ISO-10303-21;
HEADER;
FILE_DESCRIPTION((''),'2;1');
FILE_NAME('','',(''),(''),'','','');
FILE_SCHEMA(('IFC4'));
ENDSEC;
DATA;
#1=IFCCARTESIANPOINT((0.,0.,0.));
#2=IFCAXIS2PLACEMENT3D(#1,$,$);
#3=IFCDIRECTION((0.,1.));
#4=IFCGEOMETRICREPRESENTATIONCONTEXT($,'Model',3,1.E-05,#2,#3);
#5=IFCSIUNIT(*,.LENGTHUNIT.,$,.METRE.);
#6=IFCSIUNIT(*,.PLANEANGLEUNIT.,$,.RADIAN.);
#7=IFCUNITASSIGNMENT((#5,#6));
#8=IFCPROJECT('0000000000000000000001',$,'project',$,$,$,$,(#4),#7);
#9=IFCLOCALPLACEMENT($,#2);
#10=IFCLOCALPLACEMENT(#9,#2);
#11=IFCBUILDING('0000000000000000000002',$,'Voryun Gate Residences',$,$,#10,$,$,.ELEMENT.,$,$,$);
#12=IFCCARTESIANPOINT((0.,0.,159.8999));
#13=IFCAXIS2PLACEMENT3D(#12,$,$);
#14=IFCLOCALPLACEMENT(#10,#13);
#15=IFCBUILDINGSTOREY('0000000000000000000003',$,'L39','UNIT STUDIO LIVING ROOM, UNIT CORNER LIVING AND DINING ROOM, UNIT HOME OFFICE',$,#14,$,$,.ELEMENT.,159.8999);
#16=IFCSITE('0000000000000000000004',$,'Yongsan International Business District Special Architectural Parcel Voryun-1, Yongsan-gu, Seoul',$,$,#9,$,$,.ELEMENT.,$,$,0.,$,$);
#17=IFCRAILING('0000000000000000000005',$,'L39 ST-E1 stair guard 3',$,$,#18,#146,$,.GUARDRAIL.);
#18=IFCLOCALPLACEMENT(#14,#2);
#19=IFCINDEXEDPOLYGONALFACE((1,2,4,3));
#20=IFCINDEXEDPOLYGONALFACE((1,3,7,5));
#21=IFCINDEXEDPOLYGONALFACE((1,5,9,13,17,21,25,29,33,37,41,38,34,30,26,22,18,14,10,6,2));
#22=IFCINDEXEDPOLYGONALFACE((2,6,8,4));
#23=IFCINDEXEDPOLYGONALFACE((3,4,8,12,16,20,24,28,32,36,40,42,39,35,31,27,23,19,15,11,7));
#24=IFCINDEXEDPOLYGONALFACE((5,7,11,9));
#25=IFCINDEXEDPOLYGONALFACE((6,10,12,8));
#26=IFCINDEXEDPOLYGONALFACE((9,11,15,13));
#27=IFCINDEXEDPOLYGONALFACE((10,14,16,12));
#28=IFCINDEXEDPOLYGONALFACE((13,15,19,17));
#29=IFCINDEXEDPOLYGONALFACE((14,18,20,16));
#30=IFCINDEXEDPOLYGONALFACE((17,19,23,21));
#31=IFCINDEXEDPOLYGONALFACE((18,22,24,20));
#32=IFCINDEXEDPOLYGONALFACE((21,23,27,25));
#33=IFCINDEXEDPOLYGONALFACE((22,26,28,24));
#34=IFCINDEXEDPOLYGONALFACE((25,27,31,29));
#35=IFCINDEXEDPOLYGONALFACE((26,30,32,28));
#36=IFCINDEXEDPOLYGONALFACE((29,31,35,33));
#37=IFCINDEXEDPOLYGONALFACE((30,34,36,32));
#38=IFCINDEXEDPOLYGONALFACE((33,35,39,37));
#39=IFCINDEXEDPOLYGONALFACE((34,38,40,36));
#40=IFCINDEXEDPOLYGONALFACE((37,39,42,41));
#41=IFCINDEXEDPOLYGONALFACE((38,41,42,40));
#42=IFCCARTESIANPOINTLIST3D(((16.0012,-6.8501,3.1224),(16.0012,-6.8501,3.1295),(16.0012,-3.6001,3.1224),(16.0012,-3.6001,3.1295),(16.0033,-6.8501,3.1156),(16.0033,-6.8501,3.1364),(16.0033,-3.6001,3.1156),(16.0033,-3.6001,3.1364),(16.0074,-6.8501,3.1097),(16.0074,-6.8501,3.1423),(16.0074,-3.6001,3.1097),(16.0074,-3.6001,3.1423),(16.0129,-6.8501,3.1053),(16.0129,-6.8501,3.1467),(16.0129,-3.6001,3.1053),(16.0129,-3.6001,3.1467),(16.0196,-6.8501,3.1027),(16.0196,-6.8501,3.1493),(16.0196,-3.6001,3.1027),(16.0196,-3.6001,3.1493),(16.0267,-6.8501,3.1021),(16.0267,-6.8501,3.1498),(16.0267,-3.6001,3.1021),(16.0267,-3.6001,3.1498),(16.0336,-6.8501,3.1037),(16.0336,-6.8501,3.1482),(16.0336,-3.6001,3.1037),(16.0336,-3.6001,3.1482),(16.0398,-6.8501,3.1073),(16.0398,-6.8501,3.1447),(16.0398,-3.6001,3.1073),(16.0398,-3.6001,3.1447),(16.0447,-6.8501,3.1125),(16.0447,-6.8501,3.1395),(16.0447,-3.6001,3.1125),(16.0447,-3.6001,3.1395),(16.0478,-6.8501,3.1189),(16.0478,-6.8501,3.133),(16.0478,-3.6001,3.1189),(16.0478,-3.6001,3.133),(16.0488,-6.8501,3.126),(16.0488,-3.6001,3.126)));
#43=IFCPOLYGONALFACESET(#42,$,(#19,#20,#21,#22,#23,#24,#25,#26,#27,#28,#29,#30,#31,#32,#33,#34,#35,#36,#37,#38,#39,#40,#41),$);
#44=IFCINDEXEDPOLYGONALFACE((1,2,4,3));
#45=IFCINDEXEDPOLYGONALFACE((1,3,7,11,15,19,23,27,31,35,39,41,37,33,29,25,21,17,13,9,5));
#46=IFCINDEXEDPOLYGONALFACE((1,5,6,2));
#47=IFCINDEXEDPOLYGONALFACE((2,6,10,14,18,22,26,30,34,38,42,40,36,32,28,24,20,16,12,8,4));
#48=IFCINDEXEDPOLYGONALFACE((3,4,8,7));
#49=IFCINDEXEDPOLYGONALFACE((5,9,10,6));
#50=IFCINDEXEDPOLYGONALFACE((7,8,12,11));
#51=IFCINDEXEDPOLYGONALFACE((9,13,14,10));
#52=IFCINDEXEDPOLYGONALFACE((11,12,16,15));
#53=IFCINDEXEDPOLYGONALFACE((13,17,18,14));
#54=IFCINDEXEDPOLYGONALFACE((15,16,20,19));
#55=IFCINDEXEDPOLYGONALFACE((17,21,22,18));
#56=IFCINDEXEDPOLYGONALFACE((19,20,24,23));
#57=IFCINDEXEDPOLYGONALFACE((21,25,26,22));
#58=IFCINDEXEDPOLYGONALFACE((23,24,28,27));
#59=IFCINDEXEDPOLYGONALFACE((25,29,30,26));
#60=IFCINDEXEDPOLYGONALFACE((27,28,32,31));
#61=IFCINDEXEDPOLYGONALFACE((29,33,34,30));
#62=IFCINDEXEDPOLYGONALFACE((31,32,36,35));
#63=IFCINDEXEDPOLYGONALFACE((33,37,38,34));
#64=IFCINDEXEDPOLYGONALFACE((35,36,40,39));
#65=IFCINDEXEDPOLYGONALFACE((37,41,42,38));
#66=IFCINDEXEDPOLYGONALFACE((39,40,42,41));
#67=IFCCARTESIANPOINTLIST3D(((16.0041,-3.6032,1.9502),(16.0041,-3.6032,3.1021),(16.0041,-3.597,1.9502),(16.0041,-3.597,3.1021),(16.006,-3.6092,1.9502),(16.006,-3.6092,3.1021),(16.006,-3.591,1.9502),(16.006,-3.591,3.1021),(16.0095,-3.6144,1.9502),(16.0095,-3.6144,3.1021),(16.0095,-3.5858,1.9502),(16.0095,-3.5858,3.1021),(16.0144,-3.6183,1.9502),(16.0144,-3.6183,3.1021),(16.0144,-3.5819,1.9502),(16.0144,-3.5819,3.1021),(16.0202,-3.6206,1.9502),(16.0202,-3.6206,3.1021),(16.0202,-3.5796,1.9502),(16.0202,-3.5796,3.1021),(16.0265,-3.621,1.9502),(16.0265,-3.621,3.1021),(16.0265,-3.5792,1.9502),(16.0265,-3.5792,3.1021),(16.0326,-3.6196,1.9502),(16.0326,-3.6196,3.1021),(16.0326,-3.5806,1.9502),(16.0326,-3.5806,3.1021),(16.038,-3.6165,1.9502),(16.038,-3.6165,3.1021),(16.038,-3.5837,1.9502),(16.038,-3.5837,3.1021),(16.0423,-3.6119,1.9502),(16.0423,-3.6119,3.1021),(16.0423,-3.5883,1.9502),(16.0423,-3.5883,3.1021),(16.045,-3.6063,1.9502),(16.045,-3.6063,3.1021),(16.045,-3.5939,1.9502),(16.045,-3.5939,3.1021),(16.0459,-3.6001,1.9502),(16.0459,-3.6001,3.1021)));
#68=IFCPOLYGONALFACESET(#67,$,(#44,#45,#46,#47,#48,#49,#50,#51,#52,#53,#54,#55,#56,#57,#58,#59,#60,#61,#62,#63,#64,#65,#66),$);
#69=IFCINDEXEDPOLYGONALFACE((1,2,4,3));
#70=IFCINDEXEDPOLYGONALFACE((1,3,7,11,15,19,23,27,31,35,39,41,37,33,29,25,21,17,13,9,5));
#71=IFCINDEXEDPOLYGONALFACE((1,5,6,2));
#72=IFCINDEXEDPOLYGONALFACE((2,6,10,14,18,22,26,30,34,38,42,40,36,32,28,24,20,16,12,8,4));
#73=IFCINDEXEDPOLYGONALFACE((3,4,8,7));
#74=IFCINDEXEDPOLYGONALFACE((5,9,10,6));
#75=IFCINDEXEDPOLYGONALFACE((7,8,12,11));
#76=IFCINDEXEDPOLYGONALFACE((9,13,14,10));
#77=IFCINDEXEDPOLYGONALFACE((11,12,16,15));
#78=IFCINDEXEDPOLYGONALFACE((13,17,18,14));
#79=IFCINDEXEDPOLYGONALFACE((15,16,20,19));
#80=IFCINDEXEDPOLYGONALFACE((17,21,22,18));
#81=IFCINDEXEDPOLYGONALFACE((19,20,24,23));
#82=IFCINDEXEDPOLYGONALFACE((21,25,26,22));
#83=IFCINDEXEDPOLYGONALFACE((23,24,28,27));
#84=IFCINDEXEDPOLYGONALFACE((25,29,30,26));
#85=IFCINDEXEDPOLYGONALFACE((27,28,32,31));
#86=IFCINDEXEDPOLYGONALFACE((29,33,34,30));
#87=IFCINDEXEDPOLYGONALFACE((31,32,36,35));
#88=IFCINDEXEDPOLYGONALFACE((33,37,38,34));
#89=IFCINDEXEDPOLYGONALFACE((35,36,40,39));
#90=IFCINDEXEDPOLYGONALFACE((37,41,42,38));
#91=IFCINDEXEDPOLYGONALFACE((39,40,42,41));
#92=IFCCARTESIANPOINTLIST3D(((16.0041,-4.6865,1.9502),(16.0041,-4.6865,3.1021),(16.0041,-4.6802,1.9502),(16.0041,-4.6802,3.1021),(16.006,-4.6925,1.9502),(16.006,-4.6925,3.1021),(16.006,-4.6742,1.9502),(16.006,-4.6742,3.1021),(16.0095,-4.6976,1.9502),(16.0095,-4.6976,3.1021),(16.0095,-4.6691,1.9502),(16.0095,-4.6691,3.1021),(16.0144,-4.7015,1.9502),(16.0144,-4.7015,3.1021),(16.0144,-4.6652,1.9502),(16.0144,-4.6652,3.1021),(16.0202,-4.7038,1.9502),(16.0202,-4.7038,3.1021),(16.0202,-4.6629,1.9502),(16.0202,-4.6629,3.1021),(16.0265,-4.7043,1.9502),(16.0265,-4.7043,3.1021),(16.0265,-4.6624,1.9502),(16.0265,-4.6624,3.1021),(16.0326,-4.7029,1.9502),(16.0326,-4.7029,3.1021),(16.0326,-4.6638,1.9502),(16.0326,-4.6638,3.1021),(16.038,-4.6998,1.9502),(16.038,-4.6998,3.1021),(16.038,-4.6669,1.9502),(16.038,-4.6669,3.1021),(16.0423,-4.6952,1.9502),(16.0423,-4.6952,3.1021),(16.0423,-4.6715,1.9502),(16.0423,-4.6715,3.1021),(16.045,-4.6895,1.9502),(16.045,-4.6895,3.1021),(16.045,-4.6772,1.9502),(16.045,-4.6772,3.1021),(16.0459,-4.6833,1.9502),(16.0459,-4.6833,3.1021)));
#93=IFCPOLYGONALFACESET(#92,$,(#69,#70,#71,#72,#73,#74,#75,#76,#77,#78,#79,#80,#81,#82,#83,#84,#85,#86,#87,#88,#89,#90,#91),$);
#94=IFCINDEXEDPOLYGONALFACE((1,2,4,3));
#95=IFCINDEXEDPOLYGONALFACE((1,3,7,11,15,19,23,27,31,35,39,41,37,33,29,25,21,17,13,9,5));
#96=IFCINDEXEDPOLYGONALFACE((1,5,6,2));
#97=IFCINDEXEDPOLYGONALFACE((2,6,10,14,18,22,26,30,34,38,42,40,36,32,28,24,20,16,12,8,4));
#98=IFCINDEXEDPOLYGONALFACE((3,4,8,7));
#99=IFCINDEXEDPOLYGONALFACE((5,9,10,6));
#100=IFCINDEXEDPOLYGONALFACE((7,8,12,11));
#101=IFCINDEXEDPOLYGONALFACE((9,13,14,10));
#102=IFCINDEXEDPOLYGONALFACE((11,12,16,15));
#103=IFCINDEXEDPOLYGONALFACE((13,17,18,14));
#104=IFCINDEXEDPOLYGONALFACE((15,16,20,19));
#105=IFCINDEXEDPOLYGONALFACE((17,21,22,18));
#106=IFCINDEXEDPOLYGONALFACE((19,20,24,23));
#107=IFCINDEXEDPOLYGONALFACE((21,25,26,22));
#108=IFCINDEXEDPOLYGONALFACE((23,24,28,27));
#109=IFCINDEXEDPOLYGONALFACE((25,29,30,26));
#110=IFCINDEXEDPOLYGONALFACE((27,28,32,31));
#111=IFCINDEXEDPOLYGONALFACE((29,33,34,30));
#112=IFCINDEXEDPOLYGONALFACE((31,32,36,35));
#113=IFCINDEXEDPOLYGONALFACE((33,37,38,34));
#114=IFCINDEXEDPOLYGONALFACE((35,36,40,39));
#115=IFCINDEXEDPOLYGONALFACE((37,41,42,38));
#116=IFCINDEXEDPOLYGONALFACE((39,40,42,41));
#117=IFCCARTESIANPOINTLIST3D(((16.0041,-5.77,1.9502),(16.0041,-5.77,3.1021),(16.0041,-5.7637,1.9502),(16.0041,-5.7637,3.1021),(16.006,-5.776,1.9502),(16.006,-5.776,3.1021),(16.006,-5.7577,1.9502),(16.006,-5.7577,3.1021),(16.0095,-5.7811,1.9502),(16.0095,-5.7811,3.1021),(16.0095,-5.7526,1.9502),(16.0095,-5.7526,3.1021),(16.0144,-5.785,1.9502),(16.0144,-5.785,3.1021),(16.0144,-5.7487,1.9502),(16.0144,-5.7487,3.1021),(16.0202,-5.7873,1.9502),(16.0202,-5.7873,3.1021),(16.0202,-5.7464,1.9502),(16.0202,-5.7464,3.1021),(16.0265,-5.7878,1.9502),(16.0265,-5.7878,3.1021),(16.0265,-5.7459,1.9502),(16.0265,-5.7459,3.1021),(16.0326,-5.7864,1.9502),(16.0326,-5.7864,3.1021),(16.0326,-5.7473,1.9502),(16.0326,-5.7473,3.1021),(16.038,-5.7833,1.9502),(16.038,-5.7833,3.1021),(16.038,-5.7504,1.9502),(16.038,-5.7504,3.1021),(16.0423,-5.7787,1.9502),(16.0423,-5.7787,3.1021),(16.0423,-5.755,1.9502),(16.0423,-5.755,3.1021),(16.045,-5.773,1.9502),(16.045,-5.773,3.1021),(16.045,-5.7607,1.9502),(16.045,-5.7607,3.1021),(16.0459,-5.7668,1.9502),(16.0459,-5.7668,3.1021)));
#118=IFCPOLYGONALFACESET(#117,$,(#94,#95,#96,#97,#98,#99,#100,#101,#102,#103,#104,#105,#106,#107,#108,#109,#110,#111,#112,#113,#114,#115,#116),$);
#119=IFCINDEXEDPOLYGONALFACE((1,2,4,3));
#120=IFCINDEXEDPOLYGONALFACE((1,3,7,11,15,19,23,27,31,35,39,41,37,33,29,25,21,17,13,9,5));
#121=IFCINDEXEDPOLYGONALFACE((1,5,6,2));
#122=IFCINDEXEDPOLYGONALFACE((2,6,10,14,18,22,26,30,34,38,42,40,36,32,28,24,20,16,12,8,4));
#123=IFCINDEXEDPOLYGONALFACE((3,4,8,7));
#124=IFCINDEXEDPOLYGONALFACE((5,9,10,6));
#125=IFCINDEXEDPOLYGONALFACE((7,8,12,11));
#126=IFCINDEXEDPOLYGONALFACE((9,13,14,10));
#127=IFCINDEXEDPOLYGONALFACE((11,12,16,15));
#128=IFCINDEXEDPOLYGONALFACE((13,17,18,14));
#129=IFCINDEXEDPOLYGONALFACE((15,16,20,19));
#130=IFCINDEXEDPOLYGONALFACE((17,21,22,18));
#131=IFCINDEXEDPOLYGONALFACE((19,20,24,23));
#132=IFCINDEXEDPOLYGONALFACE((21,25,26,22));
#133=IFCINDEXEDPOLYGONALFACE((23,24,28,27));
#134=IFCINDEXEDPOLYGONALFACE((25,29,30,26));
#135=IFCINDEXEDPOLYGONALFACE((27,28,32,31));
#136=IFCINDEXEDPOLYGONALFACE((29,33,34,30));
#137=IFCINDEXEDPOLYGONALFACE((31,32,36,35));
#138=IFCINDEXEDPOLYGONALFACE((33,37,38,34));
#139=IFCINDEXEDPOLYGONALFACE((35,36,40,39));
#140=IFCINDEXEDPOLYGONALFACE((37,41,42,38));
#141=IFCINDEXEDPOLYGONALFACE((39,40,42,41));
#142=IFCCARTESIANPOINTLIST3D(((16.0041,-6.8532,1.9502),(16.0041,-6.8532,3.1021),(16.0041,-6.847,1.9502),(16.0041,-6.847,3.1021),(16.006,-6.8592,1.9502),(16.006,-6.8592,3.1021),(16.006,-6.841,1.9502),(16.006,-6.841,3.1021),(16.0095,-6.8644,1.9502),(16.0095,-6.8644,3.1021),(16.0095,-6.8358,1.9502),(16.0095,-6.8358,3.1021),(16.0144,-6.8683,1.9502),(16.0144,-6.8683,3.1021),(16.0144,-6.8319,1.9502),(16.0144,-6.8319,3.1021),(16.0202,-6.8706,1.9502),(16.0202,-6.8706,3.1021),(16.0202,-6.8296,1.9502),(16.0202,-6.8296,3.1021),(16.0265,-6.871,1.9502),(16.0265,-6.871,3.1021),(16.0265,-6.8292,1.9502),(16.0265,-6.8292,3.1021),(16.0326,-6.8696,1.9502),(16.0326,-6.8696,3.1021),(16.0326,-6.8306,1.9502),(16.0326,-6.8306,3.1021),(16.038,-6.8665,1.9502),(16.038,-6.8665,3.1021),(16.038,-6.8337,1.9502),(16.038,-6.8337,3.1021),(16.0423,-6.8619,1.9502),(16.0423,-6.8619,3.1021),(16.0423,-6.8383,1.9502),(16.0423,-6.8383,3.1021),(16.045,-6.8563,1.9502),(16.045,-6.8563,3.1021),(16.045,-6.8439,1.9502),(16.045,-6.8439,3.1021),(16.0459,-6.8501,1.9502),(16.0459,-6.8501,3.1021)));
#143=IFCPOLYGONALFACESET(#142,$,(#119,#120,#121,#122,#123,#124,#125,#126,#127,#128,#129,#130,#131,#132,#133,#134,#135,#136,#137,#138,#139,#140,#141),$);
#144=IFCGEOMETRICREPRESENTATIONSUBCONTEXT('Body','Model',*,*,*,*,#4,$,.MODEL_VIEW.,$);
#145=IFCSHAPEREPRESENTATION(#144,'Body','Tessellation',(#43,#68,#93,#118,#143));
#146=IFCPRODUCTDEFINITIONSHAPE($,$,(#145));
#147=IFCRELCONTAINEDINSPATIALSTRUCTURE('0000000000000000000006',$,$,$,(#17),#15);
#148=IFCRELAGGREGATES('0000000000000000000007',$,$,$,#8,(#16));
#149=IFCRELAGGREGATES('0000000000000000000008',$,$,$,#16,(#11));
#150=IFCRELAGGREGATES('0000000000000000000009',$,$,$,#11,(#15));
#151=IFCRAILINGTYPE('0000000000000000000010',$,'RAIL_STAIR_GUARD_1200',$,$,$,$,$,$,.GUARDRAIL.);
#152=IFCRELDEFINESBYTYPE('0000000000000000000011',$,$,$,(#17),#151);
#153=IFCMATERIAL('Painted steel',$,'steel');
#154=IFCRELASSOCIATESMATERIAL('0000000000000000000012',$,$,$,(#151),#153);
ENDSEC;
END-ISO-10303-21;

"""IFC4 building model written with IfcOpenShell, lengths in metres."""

from ifc_helpers import new_model, si_unit, direction, frame, origin, origin_2d, place, context, subcontext, project, spatial, circle, extrude, material, type_object, element, save


model = new_model("IFC4")

# Units and contexts
model_context = context("Model", 3, precision=1e-05, world=origin(), true_north=direction((0.0, 1.0)))
body_context = subcontext(model_context, "Body", "Model", "MODEL_VIEW")
ifc_project = project(units=[si_unit("LENGTHUNIT", "METRE"), si_unit("PLANEANGLEUNIT", "RADIAN")], contexts=[model_context])

# Site, building, storey
site_placement = place(None, origin())
site = spatial("IfcSite", under=ifc_project, at=site_placement, Name="Yongsan International Business District Special Architectural Parcel Voryun-1, Yongsan-gu, Seoul", CompositionType="ELEMENT", RefElevation=0.0)
building_placement = place(site_placement, origin())
building = spatial("IfcBuilding", under=site, at=building_placement, Name="Voryun Gate Residences", CompositionType="ELEMENT")
storey_placement = place(building_placement, frame((0.0, 0.0, 159.8999)))
storey = spatial("IfcBuildingStorey", under=building, at=storey_placement, Name="L39", Description="UNIT STUDIO LIVING ROOM, UNIT CORNER LIVING AND DINING ROOM, UNIT HOME OFFICE", CompositionType="ELEMENT", Elevation=159.8999)

# Railing
ifc_material_1 = material(Name="Painted steel", Category="steel")
railing_type_1 = type_object("IfcRailingType", Name="RAIL_STAIR_GUARD_1200", PredefinedType="GUARDRAIL", material=ifc_material_1)
for number, where, name in (
    (1, (16.0249, -3.6001, 1.9502), "L39 ST-E1 stair guard 3"),
):
    element("IfcRailing", number, at=place(storey_placement, frame(where)), inside=storey, type_object=railing_type_1, Name=name, PredefinedType="GUARDRAIL", context=body_context, shape_type="SweptSolid", body=[
        extrude(circle(Radius=0.0239, at=origin_2d()), frame((0.0, 0.0, 1.1758), z_axis=(0.0, -1.0, 0.0), x_axis=(1.0, 0.0, 0.0)), (0.0, 0.0, 1.0), 3.25),
        extrude(circle(Radius=0.021, at=origin_2d()), origin(), (0.0, 0.0, 1.0), 1.1519),
        extrude(circle(Radius=0.021, at=origin_2d()), frame((0.0, -1.0833, 0.0)), (0.0, 0.0, 1.0), 1.1519),
        extrude(circle(Radius=0.021, at=origin_2d()), frame((0.0, -2.1667, 0.0)), (0.0, 0.0, 1.0), 1.1519),
        extrude(circle(Radius=0.021, at=origin_2d()), frame((0.0, -3.25, 0.0)), (0.0, 0.0, 1.0), 1.1519),
    ])

save(model, "model.ifc")
